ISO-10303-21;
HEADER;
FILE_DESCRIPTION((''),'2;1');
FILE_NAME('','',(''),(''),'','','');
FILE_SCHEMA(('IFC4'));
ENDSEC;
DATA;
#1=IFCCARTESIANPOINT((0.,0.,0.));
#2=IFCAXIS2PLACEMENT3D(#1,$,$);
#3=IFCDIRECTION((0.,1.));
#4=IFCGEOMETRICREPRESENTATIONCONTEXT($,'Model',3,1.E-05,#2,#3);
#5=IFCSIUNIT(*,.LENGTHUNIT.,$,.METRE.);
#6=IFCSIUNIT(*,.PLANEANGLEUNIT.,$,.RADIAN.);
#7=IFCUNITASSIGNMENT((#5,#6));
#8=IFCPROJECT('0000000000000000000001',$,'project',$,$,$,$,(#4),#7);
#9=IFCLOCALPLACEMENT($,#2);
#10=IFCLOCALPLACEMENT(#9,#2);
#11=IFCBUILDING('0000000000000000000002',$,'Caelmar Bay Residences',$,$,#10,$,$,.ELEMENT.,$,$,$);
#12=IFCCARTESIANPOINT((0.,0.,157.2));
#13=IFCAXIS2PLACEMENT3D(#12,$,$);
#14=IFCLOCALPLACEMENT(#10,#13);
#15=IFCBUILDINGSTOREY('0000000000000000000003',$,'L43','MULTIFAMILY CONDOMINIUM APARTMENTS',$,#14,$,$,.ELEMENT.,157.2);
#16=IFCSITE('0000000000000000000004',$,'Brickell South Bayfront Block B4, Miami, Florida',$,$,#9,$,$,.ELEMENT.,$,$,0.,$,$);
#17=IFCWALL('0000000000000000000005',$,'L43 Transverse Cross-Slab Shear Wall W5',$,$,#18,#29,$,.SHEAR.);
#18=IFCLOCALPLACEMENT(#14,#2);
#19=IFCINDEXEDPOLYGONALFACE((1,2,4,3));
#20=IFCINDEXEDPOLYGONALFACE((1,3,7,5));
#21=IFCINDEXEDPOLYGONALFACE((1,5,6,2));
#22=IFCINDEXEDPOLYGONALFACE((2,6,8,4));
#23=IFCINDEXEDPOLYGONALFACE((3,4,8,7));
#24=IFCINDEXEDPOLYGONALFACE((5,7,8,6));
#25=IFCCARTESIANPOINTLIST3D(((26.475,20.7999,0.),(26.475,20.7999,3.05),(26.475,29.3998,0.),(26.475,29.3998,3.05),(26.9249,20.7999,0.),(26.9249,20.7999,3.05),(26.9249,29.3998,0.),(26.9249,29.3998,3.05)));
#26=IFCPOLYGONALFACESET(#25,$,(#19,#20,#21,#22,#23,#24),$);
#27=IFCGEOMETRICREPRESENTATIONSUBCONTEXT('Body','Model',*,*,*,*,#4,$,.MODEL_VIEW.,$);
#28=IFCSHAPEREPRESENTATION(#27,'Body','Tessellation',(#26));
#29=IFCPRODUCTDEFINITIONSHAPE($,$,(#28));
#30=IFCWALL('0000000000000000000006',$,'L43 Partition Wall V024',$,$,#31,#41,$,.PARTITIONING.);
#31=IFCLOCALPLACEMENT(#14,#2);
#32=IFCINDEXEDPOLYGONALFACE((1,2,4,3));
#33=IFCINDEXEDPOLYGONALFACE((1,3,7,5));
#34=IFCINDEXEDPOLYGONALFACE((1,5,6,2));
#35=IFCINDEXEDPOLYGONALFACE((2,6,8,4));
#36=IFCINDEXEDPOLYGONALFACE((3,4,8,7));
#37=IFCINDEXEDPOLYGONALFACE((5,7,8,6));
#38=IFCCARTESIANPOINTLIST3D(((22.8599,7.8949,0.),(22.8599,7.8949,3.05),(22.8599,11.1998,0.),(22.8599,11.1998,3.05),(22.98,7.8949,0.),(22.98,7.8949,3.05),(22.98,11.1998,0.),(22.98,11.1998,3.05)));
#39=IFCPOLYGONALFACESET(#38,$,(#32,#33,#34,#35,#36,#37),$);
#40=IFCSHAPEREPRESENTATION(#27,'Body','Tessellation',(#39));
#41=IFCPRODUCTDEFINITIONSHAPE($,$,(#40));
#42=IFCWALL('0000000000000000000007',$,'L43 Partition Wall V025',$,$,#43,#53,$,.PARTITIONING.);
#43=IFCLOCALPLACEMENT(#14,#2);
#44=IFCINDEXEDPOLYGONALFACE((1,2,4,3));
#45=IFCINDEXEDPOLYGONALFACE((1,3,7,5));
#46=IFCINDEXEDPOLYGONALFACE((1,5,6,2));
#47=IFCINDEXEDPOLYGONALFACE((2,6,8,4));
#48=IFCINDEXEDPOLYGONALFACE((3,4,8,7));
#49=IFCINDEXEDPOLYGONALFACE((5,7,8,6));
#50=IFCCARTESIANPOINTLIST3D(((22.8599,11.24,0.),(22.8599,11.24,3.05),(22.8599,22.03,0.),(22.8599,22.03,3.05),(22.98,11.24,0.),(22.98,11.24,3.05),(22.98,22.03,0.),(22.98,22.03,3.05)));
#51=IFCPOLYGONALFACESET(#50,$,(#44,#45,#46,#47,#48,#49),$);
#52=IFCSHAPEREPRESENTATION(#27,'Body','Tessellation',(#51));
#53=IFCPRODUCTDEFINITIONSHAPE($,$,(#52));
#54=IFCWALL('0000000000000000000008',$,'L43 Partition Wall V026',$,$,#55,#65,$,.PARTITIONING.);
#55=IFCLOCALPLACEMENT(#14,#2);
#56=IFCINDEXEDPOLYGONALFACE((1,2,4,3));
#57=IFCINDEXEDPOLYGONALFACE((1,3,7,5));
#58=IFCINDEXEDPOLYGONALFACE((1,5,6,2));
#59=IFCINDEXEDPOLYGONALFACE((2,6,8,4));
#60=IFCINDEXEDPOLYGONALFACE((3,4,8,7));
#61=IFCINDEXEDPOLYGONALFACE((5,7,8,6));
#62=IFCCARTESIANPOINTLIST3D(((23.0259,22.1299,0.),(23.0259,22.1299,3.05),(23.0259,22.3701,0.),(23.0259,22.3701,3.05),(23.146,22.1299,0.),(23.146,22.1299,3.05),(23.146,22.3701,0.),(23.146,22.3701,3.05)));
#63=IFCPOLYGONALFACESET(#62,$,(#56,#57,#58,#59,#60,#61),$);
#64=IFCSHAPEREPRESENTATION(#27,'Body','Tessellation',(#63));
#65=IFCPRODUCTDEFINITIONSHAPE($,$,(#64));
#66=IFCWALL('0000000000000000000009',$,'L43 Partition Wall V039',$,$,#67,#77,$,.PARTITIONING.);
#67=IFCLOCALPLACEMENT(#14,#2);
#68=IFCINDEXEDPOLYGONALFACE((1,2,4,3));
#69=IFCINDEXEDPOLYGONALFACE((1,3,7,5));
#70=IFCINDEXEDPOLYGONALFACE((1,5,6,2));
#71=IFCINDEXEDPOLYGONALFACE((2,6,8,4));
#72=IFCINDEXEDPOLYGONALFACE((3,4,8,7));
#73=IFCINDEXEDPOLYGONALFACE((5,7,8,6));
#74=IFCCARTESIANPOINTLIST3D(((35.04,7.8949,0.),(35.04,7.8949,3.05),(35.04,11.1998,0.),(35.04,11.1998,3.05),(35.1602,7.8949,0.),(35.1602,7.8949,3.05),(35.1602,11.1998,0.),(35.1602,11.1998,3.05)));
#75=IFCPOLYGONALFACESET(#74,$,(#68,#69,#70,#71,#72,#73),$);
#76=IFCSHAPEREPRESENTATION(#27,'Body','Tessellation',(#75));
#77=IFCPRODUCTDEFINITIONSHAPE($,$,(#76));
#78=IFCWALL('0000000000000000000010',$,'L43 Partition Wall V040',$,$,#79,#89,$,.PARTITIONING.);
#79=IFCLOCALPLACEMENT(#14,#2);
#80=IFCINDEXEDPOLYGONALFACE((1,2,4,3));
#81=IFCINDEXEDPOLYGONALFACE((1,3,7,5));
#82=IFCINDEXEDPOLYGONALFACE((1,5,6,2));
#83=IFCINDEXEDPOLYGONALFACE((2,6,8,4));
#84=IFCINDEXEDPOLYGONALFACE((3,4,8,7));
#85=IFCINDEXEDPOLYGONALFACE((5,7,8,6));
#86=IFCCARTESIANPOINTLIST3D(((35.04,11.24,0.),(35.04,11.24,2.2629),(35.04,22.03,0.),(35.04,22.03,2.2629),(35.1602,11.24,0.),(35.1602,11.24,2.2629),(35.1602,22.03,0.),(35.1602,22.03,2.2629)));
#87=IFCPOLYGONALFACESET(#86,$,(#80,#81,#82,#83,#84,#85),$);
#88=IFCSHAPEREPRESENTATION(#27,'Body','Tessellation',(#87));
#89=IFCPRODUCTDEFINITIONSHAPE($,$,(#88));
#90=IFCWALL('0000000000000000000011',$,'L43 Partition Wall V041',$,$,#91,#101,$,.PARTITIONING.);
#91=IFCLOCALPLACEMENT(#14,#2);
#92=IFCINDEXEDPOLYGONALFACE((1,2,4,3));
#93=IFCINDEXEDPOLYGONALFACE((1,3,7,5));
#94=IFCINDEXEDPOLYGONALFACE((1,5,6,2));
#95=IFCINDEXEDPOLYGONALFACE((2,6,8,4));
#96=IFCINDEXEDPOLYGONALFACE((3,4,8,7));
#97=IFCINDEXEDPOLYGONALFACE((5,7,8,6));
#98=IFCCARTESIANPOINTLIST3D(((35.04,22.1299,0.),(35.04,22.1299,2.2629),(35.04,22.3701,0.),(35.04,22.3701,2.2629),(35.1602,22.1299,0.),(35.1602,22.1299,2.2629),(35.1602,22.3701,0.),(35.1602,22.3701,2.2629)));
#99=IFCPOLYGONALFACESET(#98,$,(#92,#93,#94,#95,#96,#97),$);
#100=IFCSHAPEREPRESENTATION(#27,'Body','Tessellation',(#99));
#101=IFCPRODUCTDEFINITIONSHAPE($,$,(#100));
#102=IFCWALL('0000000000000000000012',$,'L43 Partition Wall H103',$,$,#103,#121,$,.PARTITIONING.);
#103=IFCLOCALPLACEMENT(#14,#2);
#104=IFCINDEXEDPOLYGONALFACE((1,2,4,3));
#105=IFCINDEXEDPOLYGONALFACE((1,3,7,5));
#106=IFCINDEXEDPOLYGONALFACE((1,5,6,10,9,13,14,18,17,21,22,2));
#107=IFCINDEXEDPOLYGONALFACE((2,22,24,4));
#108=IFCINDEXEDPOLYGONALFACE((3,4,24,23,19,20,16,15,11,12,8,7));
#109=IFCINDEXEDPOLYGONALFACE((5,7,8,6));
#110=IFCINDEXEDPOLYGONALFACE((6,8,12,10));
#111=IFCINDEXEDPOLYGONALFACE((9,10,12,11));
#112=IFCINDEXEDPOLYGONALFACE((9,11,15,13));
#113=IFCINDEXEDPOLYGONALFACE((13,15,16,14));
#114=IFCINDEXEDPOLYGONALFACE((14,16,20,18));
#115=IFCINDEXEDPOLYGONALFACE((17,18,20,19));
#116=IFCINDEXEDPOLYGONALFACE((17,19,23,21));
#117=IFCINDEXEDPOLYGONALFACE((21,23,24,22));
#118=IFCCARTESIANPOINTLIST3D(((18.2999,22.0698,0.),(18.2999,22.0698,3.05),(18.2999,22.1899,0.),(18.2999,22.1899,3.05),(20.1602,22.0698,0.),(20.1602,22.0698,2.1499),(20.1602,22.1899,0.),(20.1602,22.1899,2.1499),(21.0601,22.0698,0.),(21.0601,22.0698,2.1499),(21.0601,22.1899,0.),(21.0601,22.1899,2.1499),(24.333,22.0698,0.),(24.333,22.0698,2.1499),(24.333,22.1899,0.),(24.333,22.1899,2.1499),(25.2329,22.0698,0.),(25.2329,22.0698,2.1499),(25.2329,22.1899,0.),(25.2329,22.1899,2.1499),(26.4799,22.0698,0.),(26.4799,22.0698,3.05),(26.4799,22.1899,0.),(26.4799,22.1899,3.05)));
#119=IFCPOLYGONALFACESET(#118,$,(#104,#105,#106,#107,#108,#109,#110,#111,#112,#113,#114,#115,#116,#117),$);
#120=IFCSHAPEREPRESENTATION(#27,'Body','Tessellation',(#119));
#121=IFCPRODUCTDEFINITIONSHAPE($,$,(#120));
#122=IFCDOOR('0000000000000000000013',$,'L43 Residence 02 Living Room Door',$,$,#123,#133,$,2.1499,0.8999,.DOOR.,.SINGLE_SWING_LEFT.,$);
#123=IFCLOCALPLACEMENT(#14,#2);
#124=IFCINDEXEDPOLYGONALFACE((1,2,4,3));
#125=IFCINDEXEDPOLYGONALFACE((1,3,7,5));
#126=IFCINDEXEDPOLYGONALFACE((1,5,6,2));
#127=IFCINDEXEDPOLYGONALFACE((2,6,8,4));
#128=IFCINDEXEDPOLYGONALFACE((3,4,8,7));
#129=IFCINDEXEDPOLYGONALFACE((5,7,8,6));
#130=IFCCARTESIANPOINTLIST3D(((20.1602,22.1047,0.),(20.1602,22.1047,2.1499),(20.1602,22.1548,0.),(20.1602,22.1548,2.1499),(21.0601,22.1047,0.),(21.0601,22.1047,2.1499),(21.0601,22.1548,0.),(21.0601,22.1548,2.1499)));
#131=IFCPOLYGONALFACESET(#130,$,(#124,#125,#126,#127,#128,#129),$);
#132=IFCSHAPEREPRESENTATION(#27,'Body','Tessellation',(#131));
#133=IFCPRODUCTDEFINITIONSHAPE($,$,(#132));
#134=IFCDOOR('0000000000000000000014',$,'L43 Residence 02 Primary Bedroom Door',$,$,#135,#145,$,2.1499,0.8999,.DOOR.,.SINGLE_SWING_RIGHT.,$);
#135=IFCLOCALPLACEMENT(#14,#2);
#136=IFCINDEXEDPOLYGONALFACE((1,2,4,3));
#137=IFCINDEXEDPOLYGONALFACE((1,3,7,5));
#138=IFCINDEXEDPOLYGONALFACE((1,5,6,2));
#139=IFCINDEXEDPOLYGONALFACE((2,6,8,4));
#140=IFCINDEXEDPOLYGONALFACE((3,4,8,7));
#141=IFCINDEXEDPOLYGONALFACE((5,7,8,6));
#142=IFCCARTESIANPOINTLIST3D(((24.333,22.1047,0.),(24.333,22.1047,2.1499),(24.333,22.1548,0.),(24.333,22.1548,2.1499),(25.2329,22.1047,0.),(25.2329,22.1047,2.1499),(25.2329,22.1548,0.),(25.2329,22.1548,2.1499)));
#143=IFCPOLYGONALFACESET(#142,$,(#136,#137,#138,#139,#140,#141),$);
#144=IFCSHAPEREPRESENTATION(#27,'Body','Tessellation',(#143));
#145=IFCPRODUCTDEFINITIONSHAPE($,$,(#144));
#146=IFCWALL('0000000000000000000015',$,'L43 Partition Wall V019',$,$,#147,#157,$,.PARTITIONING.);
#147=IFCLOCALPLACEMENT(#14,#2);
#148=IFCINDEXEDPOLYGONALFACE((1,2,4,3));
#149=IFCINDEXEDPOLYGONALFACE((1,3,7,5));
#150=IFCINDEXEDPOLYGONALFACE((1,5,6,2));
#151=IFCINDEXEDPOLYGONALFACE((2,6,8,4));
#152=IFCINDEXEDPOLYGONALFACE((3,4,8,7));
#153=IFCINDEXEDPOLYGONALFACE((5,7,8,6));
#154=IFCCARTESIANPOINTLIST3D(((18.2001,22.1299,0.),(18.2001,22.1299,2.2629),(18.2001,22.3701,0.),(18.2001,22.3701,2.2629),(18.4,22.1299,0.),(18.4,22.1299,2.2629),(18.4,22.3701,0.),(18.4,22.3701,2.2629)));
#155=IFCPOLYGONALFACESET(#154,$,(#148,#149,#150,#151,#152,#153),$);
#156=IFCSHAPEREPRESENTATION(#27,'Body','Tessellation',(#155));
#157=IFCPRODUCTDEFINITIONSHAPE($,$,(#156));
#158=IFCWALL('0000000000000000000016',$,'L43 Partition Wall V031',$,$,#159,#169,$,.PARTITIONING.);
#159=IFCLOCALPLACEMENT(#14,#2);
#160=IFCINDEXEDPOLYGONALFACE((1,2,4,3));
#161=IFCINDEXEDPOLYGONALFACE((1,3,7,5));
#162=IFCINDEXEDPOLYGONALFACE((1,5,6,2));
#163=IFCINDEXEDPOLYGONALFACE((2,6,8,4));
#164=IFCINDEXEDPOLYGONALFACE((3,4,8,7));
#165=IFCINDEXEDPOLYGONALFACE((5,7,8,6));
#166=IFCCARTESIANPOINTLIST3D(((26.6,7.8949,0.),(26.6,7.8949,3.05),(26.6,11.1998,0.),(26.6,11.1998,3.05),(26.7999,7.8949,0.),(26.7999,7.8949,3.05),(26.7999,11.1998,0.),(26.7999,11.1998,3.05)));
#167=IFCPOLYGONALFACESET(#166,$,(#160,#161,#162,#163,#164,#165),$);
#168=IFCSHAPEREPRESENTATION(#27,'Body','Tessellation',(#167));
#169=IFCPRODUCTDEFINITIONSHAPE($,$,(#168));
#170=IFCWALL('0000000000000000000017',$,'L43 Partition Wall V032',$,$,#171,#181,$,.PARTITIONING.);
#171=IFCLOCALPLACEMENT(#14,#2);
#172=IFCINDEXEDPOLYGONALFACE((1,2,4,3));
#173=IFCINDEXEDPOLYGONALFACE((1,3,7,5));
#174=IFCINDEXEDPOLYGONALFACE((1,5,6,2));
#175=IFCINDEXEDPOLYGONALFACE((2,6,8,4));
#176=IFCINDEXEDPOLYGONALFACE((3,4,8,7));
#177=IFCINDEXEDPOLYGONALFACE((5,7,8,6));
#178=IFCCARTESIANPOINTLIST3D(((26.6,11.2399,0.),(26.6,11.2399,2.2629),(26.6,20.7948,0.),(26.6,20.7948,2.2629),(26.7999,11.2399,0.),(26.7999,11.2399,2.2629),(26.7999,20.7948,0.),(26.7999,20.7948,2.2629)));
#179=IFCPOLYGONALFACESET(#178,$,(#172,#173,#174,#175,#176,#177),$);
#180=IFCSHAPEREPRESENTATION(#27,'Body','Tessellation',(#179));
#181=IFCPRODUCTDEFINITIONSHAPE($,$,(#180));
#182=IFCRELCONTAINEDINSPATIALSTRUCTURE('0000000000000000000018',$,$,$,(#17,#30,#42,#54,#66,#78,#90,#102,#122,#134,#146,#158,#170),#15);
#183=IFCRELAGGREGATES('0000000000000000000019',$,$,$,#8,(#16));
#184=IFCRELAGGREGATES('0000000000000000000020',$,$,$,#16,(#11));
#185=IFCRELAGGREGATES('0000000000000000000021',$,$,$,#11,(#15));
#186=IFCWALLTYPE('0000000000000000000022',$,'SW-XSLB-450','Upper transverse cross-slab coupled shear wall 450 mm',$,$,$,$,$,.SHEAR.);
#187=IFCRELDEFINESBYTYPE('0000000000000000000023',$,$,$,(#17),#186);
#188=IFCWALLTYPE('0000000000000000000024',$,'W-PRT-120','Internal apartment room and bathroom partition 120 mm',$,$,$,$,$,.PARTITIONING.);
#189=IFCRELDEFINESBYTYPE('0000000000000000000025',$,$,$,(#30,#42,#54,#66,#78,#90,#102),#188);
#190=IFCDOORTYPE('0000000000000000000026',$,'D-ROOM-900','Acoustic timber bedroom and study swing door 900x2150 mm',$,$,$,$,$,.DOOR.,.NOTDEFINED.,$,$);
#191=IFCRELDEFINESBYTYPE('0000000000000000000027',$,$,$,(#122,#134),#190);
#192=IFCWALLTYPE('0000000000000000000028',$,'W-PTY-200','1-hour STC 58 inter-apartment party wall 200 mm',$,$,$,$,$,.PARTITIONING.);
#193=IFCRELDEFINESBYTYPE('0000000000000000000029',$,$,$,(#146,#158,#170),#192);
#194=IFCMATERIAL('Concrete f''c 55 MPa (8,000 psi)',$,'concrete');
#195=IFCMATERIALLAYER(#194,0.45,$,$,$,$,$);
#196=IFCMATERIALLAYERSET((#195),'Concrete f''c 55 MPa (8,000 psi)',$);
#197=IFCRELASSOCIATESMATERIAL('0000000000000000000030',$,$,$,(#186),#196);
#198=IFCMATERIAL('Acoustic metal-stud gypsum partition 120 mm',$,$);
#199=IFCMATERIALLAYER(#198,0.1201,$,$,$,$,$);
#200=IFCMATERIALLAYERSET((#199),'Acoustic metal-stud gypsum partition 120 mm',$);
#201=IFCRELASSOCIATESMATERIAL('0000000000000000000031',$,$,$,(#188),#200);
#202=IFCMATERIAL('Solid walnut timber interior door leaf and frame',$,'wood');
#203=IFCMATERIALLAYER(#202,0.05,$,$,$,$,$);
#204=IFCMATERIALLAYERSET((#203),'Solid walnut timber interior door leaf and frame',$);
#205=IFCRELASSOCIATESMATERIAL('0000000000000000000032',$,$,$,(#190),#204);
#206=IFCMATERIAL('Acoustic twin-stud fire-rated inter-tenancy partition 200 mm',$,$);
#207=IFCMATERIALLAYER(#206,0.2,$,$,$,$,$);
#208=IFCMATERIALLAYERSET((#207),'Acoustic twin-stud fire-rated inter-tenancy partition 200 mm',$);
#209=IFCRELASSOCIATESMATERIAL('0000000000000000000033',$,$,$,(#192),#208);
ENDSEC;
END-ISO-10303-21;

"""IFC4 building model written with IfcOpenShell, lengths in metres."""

from ifc_helpers import new_model, si_unit, direction, frame, frame_2d, origin, place, context, subcontext, project, spatial, rectangle, extrude, material, layer, layer_set, type_object, element, fill, save


model = new_model("IFC4")

# Units and contexts
model_context = context("Model", 3, precision=1e-05, world=origin(), true_north=direction((0.0, 1.0)))
body_context = subcontext(model_context, "Body", "Model", "MODEL_VIEW")
ifc_project = project(units=[si_unit("LENGTHUNIT", "METRE"), si_unit("PLANEANGLEUNIT", "RADIAN")], contexts=[model_context])

# Site, building, storey
site_placement = place(None, origin())
site = spatial("IfcSite", under=ifc_project, at=site_placement, Name="Brickell South Bayfront Block B4, Miami, Florida", CompositionType="ELEMENT", RefElevation=0.0)
building_placement = place(site_placement, origin())
building = spatial("IfcBuilding", under=site, at=building_placement, Name="Caelmar Bay Residences", CompositionType="ELEMENT")
storey_placement = place(building_placement, frame((0.0, 0.0, 157.2)))
storey = spatial("IfcBuildingStorey", under=building, at=storey_placement, Name="L43", Description="MULTIFAMILY CONDOMINIUM APARTMENTS", CompositionType="ELEMENT", Elevation=157.2)

# Shared definitions
ifc_material_1 = material(Name="Concrete f'c 55 MPa (8,000 psi)", Category="concrete")

# Walls
ifc_layer_1 = layer(ifc_material_1, 0.45)
ifc_layer_set_1 = layer_set([ifc_layer_1], Name="Concrete f'c 55 MPa (8,000 psi)")
wall_type_1 = type_object("IfcWallType", Name="SW-XSLB-450", Description="Upper transverse cross-slab coupled shear wall 450 mm", PredefinedType="SHEAR", material=ifc_layer_set_1)
wall_1_placement = place(storey_placement, frame((26.7, 20.8, 0.0), z_axis=(0.0, 0.0, 1.0), x_axis=(0.0, 1.0, 0.0)))
element("IfcWall", 1, at=wall_1_placement, inside=storey, type_object=wall_type_1, Name="L43 Transverse Cross-Slab Shear Wall W5", PredefinedType="SHEAR", context=body_context, shape_type="SweptSolid", body=[
    extrude(rectangle(XDim=8.5999, YDim=0.45, at=frame_2d((4.2998, 0.0))), origin(), (0.0, 0.0, 1.0), 3.05),
])
ifc_material_2 = material(Name="Acoustic metal-stud gypsum partition 120 mm")
ifc_layer_2 = layer(ifc_material_2, 0.1201)
ifc_layer_set_2 = layer_set([ifc_layer_2], Name="Acoustic metal-stud gypsum partition 120 mm")
wall_type_2 = type_object("IfcWallType", Name="W-PRT-120", Description="Internal apartment room and bathroom partition 120 mm", PredefinedType="PARTITIONING", material=ifc_layer_set_2)
wall_2_placement = place(storey_placement, frame((22.9199, 7.895, 0.0), z_axis=(0.0, 0.0, 1.0), x_axis=(0.0, 1.0, 0.0)))
element("IfcWall", 2, at=wall_2_placement, inside=storey, type_object=wall_type_2, Name="L43 Partition Wall V024", PredefinedType="PARTITIONING", context=body_context, shape_type="SweptSolid", body=[
    extrude(rectangle(XDim=3.3049, YDim=0.1201, at=frame_2d((1.6523, 0.0))), origin(), (0.0, 0.0, 1.0), 3.05),
])
wall_3_placement = place(storey_placement, frame((22.9199, 11.24, 0.0), z_axis=(0.0, 0.0, 1.0), x_axis=(0.0, 1.0, 0.0)))
element("IfcWall", 3, at=wall_3_placement, inside=storey, type_object=wall_type_2, Name="L43 Partition Wall V025", PredefinedType="PARTITIONING", context=body_context, shape_type="SweptSolid", body=[
    extrude(rectangle(XDim=10.79, YDim=0.1201, at=frame_2d((5.395, 0.0))), origin(), (0.0, 0.0, 1.0), 3.05),
])
wall_4_placement = place(storey_placement, frame((23.0859, 22.1299, 0.0), z_axis=(0.0, 0.0, 1.0), x_axis=(0.0, 1.0, 0.0)))
element("IfcWall", 4, at=wall_4_placement, inside=storey, type_object=wall_type_2, Name="L43 Partition Wall V026", PredefinedType="PARTITIONING", context=body_context, shape_type="SweptSolid", body=[
    extrude(rectangle(XDim=0.2402, YDim=0.1201, at=frame_2d((0.1201, 0.0))), origin(), (0.0, 0.0, 1.0), 3.05),
])
wall_5_placement = place(storey_placement, frame((35.1001, 7.895, 0.0), z_axis=(0.0, 0.0, 1.0), x_axis=(0.0, 1.0, 0.0)))
element("IfcWall", 5, at=wall_5_placement, inside=storey, type_object=wall_type_2, Name="L43 Partition Wall V039", PredefinedType="PARTITIONING", context=body_context, shape_type="SweptSolid", body=[
    extrude(rectangle(XDim=3.3049, YDim=0.1201, at=frame_2d((1.6523, 0.0))), origin(), (0.0, 0.0, 1.0), 3.05),
])
wall_6_placement = place(storey_placement, frame((35.1001, 11.24, 0.0), z_axis=(0.0, 0.0, 1.0), x_axis=(0.0, 1.0, 0.0)))
element("IfcWall", 6, at=wall_6_placement, inside=storey, type_object=wall_type_2, Name="L43 Partition Wall V040", PredefinedType="PARTITIONING", context=body_context, shape_type="SweptSolid", body=[
    extrude(rectangle(XDim=10.79, YDim=0.1201, at=frame_2d((5.395, 0.0))), origin(), (0.0, 0.0, 1.0), 2.2629),
])
wall_7_placement = place(storey_placement, frame((35.1001, 22.1299, 0.0), z_axis=(0.0, 0.0, 1.0), x_axis=(0.0, 1.0, 0.0)))
element("IfcWall", 7, at=wall_7_placement, inside=storey, type_object=wall_type_2, Name="L43 Partition Wall V041", PredefinedType="PARTITIONING", context=body_context, shape_type="SweptSolid", body=[
    extrude(rectangle(XDim=0.2402, YDim=0.1201, at=frame_2d((0.1201, 0.0))), origin(), (0.0, 0.0, 1.0), 2.2629),
])

# Wall, openings, doors
wall_8_placement = place(storey_placement, frame((18.3, 22.1299, 0.0), z_axis=(0.0, 0.0, 1.0), x_axis=(1.0, 0.0, 0.0)))
wall_8 = element("IfcWall", 8, at=wall_8_placement, inside=storey, type_object=wall_type_2, Name="L43 Partition Wall H103", PredefinedType="PARTITIONING", context=body_context, shape_type="SweptSolid", body=[
    extrude(rectangle(XDim=8.1799, YDim=0.1201, at=frame_2d((4.0898, 0.0))), origin(), (0.0, 0.0, 1.0), 3.05),
])
opening_1_placement = place(wall_8_placement, frame((1.8601, 0.0, 0.0)))
opening_1 = element("IfcOpeningElement", 9, at=opening_1_placement, cuts=wall_8, PredefinedType="OPENING", context=body_context, shape_type="SweptSolid", body=[
    extrude(rectangle(XDim=0.8999, YDim=2.1499, at=frame_2d((0.45, 1.075))), frame((0.0, 0.0701, 0.0), z_axis=(0.0, -1.0, 0.0), x_axis=(1.0, 0.0, 0.0)), (0.0, 0.0, 1.0), 0.1401),
])
opening_2_placement = place(wall_8_placement, frame((6.033, 0.0, 0.0)))
opening_2 = element("IfcOpeningElement", 10, at=opening_2_placement, cuts=wall_8, PredefinedType="OPENING", context=body_context, shape_type="SweptSolid", body=[
    extrude(rectangle(XDim=0.8999, YDim=2.1499, at=frame_2d((0.45, 1.075))), frame((0.0, 0.0701, 0.0), z_axis=(0.0, -1.0, 0.0), x_axis=(1.0, 0.0, 0.0)), (0.0, 0.0, 1.0), 0.1401),
])
ifc_material_3 = material(Name="Solid walnut timber interior door leaf and frame", Category="wood")
ifc_layer_3 = layer(ifc_material_3, 0.05)
ifc_layer_set_3 = layer_set([ifc_layer_3], Name="Solid walnut timber interior door leaf and frame")
door_type = type_object("IfcDoorType", Name="D-ROOM-900", Description="Acoustic timber bedroom and study swing door 900x2150 mm", OperationType="NOTDEFINED", PredefinedType="DOOR", material=ifc_layer_set_3)
door_1_placement = place(opening_1_placement, origin())
door_1 = element("IfcDoor", 11, at=door_1_placement, inside=storey, type_object=door_type, Name="L43 Residence 02 Living Room Door", OperationType="SINGLE_SWING_LEFT", OverallHeight=2.1499, OverallWidth=0.8999, PredefinedType="DOOR", context=body_context, shape_type="SweptSolid", body=[
    extrude(rectangle(XDim=0.8999, YDim=2.1499, at=frame_2d((0.45, 1.075))), frame((0.0, 0.0249, 0.0), z_axis=(0.0, -1.0, 0.0), x_axis=(1.0, 0.0, 0.0)), (0.0, 0.0, 1.0), 0.05),
])
fill(opening_1, door_1)
door_2_placement = place(opening_2_placement, origin())
door_2 = element("IfcDoor", 12, at=door_2_placement, inside=storey, type_object=door_type, Name="L43 Residence 02 Primary Bedroom Door", OperationType="SINGLE_SWING_RIGHT", OverallHeight=2.1499, OverallWidth=0.8999, PredefinedType="DOOR", context=body_context, shape_type="SweptSolid", body=[
    extrude(rectangle(XDim=0.8999, YDim=2.1499, at=frame_2d((0.45, 1.075))), frame((0.0, 0.0249, 0.0), z_axis=(0.0, -1.0, 0.0), x_axis=(1.0, 0.0, 0.0)), (0.0, 0.0, 1.0), 0.05),
])
fill(opening_2, door_2)

# Walls
ifc_material_4 = material(Name="Acoustic twin-stud fire-rated inter-tenancy partition 200 mm")
ifc_layer_4 = layer(ifc_material_4, 0.2)
ifc_layer_set_4 = layer_set([ifc_layer_4], Name="Acoustic twin-stud fire-rated inter-tenancy partition 200 mm")
wall_type_3 = type_object("IfcWallType", Name="W-PTY-200", Description="1-hour STC 58 inter-apartment party wall 200 mm", PredefinedType="PARTITIONING", material=ifc_layer_set_4)
wall_9_placement = place(storey_placement, frame((18.3, 22.1299, 0.0), z_axis=(0.0, 0.0, 1.0), x_axis=(0.0, 1.0, 0.0)))
element("IfcWall", 13, at=wall_9_placement, inside=storey, type_object=wall_type_3, Name="L43 Partition Wall V019", PredefinedType="PARTITIONING", context=body_context, shape_type="SweptSolid", body=[
    extrude(rectangle(XDim=0.2402, YDim=0.2, at=frame_2d((0.1201, 0.0))), origin(), (0.0, 0.0, 1.0), 2.2629),
])
wall_10_placement = place(storey_placement, frame((26.7, 7.895, 0.0), z_axis=(0.0, 0.0, 1.0), x_axis=(0.0, 1.0, 0.0)))
element("IfcWall", 14, at=wall_10_placement, inside=storey, type_object=wall_type_3, Name="L43 Partition Wall V031", PredefinedType="PARTITIONING", context=body_context, shape_type="SweptSolid", body=[
    extrude(rectangle(XDim=3.3049, YDim=0.2, at=frame_2d((1.6523, 0.0))), origin(), (0.0, 0.0, 1.0), 3.05),
])
wall_11_placement = place(storey_placement, frame((26.7, 11.24, 0.0), z_axis=(0.0, 0.0, 1.0), x_axis=(0.0, 1.0, 0.0)))
element("IfcWall", 15, at=wall_11_placement, inside=storey, type_object=wall_type_3, Name="L43 Partition Wall V032", PredefinedType="PARTITIONING", context=body_context, shape_type="SweptSolid", body=[
    extrude(rectangle(XDim=9.5549, YDim=0.2, at=frame_2d((4.7773, 0.0))), origin(), (0.0, 0.0, 1.0), 2.2629),
])

save(model, "model.ifc")
